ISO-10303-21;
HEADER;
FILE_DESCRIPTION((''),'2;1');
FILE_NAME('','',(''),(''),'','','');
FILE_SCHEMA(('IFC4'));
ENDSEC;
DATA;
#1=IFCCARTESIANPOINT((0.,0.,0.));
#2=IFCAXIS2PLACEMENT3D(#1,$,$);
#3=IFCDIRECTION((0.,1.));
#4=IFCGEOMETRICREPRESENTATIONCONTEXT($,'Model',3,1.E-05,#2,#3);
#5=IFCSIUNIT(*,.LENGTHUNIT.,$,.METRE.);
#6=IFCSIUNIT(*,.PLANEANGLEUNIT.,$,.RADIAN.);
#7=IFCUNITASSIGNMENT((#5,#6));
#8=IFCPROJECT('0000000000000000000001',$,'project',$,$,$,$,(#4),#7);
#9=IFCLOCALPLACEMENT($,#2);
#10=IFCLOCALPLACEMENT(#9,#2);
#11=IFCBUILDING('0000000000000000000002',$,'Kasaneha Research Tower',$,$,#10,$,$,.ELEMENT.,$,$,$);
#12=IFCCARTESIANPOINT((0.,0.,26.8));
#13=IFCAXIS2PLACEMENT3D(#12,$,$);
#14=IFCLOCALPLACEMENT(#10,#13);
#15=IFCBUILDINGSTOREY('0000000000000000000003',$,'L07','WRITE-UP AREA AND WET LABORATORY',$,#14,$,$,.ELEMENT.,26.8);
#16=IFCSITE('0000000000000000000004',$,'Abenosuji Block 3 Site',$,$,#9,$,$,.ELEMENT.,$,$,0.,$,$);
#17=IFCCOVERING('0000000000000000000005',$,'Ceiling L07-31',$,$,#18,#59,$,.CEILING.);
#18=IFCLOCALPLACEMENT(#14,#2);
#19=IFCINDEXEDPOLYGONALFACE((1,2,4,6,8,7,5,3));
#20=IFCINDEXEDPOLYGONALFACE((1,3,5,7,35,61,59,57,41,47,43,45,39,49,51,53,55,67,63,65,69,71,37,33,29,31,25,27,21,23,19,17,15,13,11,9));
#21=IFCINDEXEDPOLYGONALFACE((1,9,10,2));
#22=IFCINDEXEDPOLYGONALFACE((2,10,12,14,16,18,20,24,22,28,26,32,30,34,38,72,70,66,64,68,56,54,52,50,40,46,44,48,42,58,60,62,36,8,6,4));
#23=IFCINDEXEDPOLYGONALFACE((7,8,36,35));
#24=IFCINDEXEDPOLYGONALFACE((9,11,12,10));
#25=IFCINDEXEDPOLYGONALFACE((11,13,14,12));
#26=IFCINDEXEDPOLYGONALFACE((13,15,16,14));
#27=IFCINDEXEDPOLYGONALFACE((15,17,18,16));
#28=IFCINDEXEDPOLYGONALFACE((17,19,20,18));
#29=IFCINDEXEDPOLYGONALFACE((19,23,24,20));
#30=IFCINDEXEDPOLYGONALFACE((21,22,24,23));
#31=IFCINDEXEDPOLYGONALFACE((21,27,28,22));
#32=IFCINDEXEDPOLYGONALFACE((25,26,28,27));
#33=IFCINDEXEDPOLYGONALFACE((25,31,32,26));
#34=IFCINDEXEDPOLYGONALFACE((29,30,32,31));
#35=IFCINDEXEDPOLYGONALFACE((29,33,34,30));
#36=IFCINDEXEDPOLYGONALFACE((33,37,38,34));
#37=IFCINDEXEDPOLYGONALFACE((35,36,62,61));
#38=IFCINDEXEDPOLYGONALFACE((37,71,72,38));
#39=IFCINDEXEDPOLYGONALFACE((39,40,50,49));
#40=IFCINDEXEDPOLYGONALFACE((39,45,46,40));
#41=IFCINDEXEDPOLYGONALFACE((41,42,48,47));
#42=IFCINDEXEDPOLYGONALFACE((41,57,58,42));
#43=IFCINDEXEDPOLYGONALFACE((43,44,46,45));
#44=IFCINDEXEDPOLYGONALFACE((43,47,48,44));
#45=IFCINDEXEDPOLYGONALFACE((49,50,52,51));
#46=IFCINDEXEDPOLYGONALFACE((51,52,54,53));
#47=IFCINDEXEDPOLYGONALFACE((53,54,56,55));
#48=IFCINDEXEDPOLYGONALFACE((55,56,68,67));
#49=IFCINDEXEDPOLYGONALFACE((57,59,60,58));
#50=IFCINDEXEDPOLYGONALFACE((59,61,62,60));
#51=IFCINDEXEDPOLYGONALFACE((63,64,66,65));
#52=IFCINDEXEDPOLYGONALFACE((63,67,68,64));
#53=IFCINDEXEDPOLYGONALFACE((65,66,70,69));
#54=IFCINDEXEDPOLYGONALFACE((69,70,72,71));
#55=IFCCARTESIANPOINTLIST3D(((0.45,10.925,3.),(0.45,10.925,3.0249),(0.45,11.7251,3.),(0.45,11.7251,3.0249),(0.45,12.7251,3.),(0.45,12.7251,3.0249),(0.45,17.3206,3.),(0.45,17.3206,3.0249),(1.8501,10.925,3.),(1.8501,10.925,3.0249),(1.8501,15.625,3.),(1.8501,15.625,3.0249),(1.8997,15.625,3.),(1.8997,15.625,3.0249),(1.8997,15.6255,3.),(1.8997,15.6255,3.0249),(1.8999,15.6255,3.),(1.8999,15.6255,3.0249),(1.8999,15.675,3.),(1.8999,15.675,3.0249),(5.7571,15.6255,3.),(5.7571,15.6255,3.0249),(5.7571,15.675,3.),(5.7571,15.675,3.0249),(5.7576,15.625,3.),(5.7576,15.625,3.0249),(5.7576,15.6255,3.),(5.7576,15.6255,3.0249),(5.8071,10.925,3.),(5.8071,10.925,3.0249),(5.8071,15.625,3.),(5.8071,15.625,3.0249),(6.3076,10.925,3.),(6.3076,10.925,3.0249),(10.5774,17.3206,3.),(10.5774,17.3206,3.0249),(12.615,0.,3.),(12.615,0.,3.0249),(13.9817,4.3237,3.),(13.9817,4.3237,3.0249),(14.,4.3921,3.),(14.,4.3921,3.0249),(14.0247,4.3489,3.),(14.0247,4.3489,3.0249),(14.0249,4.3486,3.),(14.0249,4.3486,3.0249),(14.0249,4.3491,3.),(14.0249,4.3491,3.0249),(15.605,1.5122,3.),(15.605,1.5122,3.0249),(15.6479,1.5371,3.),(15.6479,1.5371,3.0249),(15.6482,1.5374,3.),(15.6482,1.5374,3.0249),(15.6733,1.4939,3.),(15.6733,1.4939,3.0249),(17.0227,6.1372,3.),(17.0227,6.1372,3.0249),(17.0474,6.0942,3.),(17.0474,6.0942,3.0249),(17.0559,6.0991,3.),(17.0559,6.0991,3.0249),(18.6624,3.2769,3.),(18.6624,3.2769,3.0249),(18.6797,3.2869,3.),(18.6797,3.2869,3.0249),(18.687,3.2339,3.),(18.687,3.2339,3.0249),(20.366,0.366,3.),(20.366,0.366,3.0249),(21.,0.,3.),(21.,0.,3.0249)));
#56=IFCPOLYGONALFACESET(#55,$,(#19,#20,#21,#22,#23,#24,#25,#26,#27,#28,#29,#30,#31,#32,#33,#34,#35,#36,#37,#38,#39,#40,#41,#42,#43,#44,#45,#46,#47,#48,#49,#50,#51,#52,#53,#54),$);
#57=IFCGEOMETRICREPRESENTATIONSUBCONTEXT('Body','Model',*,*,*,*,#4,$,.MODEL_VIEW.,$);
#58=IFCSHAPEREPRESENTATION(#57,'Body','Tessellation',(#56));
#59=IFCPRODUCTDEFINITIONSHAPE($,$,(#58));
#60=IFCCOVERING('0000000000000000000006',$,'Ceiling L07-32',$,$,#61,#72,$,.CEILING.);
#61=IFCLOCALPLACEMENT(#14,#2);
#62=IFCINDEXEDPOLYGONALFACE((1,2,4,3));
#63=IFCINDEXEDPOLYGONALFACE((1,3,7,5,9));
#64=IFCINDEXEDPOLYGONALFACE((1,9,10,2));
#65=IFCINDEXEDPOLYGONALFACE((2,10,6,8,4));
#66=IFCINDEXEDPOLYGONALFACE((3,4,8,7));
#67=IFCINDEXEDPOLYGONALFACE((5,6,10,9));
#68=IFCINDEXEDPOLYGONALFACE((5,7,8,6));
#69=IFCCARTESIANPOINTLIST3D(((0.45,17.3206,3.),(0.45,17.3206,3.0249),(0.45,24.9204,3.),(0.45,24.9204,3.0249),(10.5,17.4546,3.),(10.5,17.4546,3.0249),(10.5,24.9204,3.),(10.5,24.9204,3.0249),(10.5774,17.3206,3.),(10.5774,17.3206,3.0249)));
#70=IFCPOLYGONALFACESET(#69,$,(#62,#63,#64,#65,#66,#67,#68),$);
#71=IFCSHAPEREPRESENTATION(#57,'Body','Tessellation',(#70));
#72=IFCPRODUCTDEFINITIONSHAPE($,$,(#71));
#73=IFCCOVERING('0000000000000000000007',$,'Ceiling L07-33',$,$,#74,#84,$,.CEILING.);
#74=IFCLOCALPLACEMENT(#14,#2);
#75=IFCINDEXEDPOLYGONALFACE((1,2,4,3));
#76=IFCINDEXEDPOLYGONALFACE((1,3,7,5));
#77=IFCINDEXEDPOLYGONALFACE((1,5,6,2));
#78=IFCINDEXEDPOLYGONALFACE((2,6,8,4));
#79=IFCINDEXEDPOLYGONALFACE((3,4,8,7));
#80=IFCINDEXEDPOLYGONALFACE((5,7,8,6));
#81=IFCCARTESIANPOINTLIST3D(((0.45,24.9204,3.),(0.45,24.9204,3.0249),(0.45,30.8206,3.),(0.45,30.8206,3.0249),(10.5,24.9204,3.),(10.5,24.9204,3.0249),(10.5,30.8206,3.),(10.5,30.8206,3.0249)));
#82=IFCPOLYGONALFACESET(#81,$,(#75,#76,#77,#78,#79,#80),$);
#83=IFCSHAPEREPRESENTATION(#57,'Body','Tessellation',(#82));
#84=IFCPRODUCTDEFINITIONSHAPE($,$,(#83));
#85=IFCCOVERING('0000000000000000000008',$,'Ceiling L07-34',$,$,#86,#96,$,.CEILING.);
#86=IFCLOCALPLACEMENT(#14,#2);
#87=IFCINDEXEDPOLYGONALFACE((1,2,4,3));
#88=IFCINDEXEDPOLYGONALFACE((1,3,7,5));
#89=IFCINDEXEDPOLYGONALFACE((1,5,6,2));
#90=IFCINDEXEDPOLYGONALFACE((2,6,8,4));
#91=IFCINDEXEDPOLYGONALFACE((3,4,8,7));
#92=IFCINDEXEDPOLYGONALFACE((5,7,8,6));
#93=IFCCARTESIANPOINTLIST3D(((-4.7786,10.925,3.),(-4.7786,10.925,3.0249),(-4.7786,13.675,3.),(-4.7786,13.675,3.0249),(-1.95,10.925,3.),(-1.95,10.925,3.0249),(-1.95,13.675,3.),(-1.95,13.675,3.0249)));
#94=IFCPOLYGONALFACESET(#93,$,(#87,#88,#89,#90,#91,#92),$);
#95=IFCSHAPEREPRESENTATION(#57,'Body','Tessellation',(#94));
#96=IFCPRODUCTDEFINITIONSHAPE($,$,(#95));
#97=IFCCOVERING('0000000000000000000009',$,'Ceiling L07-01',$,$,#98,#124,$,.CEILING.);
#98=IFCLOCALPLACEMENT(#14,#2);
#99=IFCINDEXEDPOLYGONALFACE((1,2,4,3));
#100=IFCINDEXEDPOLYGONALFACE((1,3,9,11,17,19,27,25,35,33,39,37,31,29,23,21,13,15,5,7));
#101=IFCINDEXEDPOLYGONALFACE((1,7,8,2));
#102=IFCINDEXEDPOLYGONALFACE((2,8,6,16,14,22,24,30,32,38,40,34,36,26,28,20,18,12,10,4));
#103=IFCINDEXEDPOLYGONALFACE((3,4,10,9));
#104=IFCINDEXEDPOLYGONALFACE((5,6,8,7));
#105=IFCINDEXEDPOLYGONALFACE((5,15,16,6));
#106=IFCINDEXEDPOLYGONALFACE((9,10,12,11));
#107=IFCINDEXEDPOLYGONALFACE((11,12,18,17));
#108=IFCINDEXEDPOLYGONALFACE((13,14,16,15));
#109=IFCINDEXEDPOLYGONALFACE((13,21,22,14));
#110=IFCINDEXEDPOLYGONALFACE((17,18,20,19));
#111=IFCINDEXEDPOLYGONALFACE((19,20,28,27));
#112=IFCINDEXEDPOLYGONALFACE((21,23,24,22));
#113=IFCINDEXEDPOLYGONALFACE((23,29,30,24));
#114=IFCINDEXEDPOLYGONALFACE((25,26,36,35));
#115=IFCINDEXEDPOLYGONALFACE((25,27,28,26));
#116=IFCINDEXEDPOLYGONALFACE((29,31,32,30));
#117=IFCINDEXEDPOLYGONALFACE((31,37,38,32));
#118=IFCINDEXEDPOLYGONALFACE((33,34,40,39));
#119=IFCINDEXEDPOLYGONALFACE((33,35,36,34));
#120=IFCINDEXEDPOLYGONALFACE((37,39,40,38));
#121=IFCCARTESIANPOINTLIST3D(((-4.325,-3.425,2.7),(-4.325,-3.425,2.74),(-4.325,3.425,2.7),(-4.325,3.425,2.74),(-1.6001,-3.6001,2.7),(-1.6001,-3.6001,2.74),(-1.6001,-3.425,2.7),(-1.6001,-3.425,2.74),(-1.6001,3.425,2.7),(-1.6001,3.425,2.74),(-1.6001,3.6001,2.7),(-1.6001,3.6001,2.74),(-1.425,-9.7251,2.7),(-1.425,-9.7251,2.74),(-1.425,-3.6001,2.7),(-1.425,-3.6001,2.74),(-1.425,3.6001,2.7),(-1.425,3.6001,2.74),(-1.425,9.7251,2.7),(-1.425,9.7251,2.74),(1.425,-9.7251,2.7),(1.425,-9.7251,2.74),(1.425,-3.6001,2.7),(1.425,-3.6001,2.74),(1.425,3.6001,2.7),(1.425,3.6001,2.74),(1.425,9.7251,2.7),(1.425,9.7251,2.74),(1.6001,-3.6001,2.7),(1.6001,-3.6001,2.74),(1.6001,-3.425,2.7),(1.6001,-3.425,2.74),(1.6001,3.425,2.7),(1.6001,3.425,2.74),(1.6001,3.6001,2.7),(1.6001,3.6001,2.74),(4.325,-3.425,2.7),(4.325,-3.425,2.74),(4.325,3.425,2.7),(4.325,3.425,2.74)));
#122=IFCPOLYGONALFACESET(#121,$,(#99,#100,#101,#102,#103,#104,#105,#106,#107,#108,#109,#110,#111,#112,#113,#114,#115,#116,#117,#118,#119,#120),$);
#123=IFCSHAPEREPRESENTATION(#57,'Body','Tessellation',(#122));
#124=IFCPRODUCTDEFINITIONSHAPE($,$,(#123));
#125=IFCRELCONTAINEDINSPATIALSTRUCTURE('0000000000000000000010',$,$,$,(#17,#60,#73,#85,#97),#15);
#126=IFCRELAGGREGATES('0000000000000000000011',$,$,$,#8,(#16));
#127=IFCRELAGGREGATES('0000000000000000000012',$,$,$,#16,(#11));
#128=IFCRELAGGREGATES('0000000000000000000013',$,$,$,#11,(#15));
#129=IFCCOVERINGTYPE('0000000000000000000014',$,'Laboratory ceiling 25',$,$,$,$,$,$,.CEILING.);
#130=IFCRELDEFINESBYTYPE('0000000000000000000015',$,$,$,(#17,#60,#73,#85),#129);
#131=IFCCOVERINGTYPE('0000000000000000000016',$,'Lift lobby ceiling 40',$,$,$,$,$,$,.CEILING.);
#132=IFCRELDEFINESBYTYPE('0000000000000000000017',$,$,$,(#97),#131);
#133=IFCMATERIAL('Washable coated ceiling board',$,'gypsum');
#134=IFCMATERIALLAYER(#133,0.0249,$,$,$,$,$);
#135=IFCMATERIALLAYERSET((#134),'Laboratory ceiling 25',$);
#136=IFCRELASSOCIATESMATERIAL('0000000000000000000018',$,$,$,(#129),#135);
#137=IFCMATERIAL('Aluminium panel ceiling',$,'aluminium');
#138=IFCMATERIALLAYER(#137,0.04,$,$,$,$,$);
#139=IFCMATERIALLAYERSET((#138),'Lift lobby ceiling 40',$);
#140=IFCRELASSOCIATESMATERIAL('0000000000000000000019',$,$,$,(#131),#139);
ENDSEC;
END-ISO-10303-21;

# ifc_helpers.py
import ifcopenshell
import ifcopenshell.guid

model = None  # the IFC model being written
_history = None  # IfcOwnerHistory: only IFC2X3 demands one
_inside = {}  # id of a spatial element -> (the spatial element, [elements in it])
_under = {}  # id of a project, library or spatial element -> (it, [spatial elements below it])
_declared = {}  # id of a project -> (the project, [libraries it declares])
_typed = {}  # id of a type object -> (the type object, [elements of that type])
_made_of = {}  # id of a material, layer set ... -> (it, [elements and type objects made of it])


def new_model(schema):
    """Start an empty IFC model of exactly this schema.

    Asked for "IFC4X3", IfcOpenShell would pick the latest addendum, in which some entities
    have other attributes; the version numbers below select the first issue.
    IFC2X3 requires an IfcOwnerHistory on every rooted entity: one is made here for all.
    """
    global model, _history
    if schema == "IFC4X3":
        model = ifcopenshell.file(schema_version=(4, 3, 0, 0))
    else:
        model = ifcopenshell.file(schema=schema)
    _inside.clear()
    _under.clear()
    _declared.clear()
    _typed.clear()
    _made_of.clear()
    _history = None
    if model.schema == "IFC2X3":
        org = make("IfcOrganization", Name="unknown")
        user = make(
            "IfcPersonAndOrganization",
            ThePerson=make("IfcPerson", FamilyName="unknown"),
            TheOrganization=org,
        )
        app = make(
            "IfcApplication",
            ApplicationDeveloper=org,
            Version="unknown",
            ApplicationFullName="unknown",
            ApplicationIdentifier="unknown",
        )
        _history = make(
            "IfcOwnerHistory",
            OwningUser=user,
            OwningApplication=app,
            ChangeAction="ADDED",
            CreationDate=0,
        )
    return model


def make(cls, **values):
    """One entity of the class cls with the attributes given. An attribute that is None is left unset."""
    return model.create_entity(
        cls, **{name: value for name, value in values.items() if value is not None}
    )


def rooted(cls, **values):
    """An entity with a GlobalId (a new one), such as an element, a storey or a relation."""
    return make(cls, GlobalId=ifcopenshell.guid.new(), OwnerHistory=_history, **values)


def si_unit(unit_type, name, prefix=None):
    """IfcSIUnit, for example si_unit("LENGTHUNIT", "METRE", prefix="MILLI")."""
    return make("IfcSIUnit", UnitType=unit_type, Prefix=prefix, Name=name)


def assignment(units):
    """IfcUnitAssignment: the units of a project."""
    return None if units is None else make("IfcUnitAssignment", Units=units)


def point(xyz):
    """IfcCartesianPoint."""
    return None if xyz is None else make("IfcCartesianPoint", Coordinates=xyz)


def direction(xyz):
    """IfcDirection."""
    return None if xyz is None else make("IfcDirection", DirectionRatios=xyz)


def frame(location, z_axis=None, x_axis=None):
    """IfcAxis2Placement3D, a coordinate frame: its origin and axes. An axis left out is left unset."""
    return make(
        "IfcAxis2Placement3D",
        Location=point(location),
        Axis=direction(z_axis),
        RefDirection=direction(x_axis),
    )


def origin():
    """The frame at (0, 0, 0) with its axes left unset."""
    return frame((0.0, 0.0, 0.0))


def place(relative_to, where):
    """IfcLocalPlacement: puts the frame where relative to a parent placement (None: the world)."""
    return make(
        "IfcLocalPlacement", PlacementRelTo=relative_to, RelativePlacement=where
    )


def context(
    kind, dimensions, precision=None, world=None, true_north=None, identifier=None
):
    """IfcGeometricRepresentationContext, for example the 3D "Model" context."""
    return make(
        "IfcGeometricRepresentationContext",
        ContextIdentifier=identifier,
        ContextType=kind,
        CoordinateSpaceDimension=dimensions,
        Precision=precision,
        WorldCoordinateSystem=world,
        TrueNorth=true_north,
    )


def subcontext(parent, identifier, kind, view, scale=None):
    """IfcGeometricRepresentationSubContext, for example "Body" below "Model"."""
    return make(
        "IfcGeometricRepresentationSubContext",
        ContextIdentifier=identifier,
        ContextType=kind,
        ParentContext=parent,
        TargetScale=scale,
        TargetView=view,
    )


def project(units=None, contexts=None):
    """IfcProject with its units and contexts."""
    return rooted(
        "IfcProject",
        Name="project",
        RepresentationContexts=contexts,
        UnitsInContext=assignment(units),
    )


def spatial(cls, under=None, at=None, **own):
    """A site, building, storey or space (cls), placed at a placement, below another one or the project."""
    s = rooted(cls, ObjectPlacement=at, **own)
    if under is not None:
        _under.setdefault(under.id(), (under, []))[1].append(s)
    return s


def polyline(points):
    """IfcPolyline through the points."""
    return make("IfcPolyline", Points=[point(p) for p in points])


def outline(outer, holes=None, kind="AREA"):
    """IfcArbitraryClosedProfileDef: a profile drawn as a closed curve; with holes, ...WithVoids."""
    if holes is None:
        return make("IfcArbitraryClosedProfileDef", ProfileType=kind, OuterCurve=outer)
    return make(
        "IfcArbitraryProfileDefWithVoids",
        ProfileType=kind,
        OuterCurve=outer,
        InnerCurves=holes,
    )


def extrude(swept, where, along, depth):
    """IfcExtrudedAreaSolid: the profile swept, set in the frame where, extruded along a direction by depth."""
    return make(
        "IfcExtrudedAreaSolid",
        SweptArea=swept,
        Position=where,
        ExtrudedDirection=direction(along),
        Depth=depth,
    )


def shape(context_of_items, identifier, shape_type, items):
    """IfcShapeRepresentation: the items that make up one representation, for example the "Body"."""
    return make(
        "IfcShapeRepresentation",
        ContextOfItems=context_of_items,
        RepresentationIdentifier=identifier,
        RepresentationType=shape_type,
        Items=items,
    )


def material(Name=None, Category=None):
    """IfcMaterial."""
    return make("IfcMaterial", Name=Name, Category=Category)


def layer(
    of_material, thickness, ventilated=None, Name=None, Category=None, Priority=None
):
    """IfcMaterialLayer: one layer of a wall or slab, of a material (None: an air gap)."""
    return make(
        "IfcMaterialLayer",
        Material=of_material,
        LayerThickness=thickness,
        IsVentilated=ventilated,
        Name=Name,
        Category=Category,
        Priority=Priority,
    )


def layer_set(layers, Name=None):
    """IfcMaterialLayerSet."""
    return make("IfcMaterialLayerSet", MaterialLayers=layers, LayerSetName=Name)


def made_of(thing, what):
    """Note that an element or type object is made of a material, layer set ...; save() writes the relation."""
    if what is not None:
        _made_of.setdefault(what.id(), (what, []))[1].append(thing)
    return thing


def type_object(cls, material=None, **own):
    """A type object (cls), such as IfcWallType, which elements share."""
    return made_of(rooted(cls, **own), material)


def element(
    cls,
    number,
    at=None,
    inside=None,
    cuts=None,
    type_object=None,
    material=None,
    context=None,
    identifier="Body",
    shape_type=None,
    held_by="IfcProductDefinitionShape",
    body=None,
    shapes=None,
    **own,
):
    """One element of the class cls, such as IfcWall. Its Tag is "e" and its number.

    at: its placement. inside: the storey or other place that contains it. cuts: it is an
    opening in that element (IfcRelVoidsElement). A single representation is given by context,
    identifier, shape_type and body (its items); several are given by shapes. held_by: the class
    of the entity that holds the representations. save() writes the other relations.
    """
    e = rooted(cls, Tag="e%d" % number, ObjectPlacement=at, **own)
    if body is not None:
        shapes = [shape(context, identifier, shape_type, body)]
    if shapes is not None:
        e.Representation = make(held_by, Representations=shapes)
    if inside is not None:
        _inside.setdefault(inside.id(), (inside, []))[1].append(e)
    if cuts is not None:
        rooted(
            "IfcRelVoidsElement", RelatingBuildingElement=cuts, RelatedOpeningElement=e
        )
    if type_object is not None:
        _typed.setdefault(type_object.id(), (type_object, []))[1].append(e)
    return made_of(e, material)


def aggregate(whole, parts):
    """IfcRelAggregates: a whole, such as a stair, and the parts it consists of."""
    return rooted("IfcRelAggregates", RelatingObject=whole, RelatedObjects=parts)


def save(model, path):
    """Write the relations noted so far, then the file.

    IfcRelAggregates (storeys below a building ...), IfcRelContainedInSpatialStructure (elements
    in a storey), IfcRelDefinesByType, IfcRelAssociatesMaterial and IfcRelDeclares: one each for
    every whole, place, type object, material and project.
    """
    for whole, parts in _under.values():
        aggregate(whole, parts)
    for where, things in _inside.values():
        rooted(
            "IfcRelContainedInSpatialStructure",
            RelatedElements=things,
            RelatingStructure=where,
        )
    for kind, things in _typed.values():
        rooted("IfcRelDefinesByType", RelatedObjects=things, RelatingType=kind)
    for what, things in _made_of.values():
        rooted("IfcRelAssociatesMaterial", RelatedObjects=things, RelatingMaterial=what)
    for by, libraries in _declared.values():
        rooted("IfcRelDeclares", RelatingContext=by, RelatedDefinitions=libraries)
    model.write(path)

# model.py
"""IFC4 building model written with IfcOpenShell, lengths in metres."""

from ifc_helpers import new_model, si_unit, direction, frame, origin, place, context, subcontext, project, spatial, polyline, outline, extrude, material, layer, layer_set, type_object, element, save


model = new_model("IFC4")

# Units and contexts
model_context = context("Model", 3, precision=1e-05, world=origin(), true_north=direction((0.0, 1.0)))
body_context = subcontext(model_context, "Body", "Model", "MODEL_VIEW")
ifc_project = project(units=[si_unit("LENGTHUNIT", "METRE"), si_unit("PLANEANGLEUNIT", "RADIAN")], contexts=[model_context])

# Site, building, storey
site_placement = place(None, origin())
site = spatial("IfcSite", under=ifc_project, at=site_placement, Name="Abenosuji Block 3 Site", CompositionType="ELEMENT", RefElevation=0.0)
building_placement = place(site_placement, origin())
building = spatial("IfcBuilding", under=site, at=building_placement, Name="Kasaneha Research Tower", CompositionType="ELEMENT")
storey_placement = place(building_placement, frame((0.0, 0.0, 26.8)))
storey = spatial("IfcBuildingStorey", under=building, at=storey_placement, Name="L07", Description="WRITE-UP AREA AND WET LABORATORY", CompositionType="ELEMENT", Elevation=26.8)

# Coverings
ifc_material_1 = material(Name="Washable coated ceiling board", Category="gypsum")
ifc_layer_1 = layer(ifc_material_1, 0.0249)
ifc_layer_set_1 = layer_set([ifc_layer_1], Name="Laboratory ceiling 25")
covering_type_1 = type_object("IfcCoveringType", Name="Laboratory ceiling 25", PredefinedType="CEILING", material=ifc_layer_set_1)
covering_1_placement = place(storey_placement, frame((0.0, 0.0, 3.0)))
element("IfcCovering", 1, at=covering_1_placement, inside=storey, type_object=covering_type_1, Name="Ceiling L07-31", PredefinedType="CEILING", context=body_context, shape_type="SweptSolid", body=[
    extrude(outline(polyline([(6.3076, 10.925), (5.8071, 10.925), (5.8071, 15.625), (5.7576, 15.625), (5.7576, 15.6255), (5.7571, 15.6255), (5.7571, 15.675), (1.8999, 15.675), (1.8999, 15.6255), (1.8997, 15.6255), (1.8997, 15.625), (1.8501, 15.625), (1.8501, 10.925), (0.45, 10.925), (0.45, 11.7251), (0.45, 12.7251), (0.45, 17.3206), (10.5774, 17.3206), (17.0559, 6.0991), (17.0474, 6.0942), (17.0227, 6.1372), (14.0, 4.3921), (14.0249, 4.3491), (14.0247, 4.3489), (14.0249, 4.3486), (13.9817, 4.3237), (15.605, 1.5122), (15.6479, 1.5371), (15.6479, 1.5371), (15.6482, 1.5374), (15.6733, 1.4939), (18.687, 3.2339), (18.6624, 3.2769), (18.6797, 3.2869), (20.366, 0.366), (21.0, 0.0), (12.615, 0.0), (6.3076, 10.925)])), origin(), (0.0, 0.0, 1.0), 0.0249),
])
covering_2_placement = place(storey_placement, frame((0.0, 0.0, 3.0)))
element("IfcCovering", 2, at=covering_2_placement, inside=storey, type_object=covering_type_1, Name="Ceiling L07-32", PredefinedType="CEILING", context=body_context, shape_type="SweptSolid", body=[
    extrude(outline(polyline([(10.5, 24.9204), (10.5, 17.4546), (10.5774, 17.3206), (0.45, 17.3206), (0.45, 24.9204), (10.5, 24.9204)])), origin(), (0.0, 0.0, 1.0), 0.0249),
])
covering_3_placement = place(storey_placement, frame((0.0, 0.0, 3.0)))
element("IfcCovering", 3, at=covering_3_placement, inside=storey, type_object=covering_type_1, Name="Ceiling L07-33", PredefinedType="CEILING", context=body_context, shape_type="SweptSolid", body=[
    extrude(outline(polyline([(10.5, 30.8206), (10.5, 24.9204), (0.45, 24.9204), (0.45, 30.8206), (10.5, 30.8206)])), origin(), (0.0, 0.0, 1.0), 0.0249),
])
covering_4_placement = place(storey_placement, frame((0.0, 0.0, 3.0)))
element("IfcCovering", 4, at=covering_4_placement, inside=storey, type_object=covering_type_1, Name="Ceiling L07-34", PredefinedType="CEILING", context=body_context, shape_type="SweptSolid", body=[
    extrude(outline(polyline([(-4.7786, 10.925), (-4.7786, 13.675), (-1.95, 13.675), (-1.95, 10.925), (-4.7786, 10.925)])), origin(), (0.0, 0.0, 1.0), 0.0249),
])
ifc_material_2 = material(Name="Aluminium panel ceiling", Category="aluminium")
ifc_layer_2 = layer(ifc_material_2, 0.04)
ifc_layer_set_2 = layer_set([ifc_layer_2], Name="Lift lobby ceiling 40")
covering_type_2 = type_object("IfcCoveringType", Name="Lift lobby ceiling 40", PredefinedType="CEILING", material=ifc_layer_set_2)
covering_5_placement = place(storey_placement, frame((0.0, 0.0, 2.7)))
element("IfcCovering", 5, at=covering_5_placement, inside=storey, type_object=covering_type_2, Name="Ceiling L07-01", PredefinedType="CEILING", context=body_context, shape_type="SweptSolid", body=[
    extrude(outline(polyline([(1.425, 9.7251), (1.425, 3.6001), (1.6001, 3.6001), (1.6001, 3.425), (4.325, 3.425), (4.325, -3.425), (1.6001, -3.425), (1.6001, -3.6001), (1.425, -3.6001), (1.425, -9.7251), (-1.425, -9.7251), (-1.425, -3.6001), (-1.6001, -3.6001), (-1.6001, -3.425), (-4.325, -3.425), (-4.325, 3.425), (-1.6001, 3.425), (-1.6001, 3.6001), (-1.425, 3.6001), (-1.425, 9.7251), (1.425, 9.7251)])), origin(), (0.0, 0.0, 1.0), 0.04),
])

save(model, "model.ifc")
